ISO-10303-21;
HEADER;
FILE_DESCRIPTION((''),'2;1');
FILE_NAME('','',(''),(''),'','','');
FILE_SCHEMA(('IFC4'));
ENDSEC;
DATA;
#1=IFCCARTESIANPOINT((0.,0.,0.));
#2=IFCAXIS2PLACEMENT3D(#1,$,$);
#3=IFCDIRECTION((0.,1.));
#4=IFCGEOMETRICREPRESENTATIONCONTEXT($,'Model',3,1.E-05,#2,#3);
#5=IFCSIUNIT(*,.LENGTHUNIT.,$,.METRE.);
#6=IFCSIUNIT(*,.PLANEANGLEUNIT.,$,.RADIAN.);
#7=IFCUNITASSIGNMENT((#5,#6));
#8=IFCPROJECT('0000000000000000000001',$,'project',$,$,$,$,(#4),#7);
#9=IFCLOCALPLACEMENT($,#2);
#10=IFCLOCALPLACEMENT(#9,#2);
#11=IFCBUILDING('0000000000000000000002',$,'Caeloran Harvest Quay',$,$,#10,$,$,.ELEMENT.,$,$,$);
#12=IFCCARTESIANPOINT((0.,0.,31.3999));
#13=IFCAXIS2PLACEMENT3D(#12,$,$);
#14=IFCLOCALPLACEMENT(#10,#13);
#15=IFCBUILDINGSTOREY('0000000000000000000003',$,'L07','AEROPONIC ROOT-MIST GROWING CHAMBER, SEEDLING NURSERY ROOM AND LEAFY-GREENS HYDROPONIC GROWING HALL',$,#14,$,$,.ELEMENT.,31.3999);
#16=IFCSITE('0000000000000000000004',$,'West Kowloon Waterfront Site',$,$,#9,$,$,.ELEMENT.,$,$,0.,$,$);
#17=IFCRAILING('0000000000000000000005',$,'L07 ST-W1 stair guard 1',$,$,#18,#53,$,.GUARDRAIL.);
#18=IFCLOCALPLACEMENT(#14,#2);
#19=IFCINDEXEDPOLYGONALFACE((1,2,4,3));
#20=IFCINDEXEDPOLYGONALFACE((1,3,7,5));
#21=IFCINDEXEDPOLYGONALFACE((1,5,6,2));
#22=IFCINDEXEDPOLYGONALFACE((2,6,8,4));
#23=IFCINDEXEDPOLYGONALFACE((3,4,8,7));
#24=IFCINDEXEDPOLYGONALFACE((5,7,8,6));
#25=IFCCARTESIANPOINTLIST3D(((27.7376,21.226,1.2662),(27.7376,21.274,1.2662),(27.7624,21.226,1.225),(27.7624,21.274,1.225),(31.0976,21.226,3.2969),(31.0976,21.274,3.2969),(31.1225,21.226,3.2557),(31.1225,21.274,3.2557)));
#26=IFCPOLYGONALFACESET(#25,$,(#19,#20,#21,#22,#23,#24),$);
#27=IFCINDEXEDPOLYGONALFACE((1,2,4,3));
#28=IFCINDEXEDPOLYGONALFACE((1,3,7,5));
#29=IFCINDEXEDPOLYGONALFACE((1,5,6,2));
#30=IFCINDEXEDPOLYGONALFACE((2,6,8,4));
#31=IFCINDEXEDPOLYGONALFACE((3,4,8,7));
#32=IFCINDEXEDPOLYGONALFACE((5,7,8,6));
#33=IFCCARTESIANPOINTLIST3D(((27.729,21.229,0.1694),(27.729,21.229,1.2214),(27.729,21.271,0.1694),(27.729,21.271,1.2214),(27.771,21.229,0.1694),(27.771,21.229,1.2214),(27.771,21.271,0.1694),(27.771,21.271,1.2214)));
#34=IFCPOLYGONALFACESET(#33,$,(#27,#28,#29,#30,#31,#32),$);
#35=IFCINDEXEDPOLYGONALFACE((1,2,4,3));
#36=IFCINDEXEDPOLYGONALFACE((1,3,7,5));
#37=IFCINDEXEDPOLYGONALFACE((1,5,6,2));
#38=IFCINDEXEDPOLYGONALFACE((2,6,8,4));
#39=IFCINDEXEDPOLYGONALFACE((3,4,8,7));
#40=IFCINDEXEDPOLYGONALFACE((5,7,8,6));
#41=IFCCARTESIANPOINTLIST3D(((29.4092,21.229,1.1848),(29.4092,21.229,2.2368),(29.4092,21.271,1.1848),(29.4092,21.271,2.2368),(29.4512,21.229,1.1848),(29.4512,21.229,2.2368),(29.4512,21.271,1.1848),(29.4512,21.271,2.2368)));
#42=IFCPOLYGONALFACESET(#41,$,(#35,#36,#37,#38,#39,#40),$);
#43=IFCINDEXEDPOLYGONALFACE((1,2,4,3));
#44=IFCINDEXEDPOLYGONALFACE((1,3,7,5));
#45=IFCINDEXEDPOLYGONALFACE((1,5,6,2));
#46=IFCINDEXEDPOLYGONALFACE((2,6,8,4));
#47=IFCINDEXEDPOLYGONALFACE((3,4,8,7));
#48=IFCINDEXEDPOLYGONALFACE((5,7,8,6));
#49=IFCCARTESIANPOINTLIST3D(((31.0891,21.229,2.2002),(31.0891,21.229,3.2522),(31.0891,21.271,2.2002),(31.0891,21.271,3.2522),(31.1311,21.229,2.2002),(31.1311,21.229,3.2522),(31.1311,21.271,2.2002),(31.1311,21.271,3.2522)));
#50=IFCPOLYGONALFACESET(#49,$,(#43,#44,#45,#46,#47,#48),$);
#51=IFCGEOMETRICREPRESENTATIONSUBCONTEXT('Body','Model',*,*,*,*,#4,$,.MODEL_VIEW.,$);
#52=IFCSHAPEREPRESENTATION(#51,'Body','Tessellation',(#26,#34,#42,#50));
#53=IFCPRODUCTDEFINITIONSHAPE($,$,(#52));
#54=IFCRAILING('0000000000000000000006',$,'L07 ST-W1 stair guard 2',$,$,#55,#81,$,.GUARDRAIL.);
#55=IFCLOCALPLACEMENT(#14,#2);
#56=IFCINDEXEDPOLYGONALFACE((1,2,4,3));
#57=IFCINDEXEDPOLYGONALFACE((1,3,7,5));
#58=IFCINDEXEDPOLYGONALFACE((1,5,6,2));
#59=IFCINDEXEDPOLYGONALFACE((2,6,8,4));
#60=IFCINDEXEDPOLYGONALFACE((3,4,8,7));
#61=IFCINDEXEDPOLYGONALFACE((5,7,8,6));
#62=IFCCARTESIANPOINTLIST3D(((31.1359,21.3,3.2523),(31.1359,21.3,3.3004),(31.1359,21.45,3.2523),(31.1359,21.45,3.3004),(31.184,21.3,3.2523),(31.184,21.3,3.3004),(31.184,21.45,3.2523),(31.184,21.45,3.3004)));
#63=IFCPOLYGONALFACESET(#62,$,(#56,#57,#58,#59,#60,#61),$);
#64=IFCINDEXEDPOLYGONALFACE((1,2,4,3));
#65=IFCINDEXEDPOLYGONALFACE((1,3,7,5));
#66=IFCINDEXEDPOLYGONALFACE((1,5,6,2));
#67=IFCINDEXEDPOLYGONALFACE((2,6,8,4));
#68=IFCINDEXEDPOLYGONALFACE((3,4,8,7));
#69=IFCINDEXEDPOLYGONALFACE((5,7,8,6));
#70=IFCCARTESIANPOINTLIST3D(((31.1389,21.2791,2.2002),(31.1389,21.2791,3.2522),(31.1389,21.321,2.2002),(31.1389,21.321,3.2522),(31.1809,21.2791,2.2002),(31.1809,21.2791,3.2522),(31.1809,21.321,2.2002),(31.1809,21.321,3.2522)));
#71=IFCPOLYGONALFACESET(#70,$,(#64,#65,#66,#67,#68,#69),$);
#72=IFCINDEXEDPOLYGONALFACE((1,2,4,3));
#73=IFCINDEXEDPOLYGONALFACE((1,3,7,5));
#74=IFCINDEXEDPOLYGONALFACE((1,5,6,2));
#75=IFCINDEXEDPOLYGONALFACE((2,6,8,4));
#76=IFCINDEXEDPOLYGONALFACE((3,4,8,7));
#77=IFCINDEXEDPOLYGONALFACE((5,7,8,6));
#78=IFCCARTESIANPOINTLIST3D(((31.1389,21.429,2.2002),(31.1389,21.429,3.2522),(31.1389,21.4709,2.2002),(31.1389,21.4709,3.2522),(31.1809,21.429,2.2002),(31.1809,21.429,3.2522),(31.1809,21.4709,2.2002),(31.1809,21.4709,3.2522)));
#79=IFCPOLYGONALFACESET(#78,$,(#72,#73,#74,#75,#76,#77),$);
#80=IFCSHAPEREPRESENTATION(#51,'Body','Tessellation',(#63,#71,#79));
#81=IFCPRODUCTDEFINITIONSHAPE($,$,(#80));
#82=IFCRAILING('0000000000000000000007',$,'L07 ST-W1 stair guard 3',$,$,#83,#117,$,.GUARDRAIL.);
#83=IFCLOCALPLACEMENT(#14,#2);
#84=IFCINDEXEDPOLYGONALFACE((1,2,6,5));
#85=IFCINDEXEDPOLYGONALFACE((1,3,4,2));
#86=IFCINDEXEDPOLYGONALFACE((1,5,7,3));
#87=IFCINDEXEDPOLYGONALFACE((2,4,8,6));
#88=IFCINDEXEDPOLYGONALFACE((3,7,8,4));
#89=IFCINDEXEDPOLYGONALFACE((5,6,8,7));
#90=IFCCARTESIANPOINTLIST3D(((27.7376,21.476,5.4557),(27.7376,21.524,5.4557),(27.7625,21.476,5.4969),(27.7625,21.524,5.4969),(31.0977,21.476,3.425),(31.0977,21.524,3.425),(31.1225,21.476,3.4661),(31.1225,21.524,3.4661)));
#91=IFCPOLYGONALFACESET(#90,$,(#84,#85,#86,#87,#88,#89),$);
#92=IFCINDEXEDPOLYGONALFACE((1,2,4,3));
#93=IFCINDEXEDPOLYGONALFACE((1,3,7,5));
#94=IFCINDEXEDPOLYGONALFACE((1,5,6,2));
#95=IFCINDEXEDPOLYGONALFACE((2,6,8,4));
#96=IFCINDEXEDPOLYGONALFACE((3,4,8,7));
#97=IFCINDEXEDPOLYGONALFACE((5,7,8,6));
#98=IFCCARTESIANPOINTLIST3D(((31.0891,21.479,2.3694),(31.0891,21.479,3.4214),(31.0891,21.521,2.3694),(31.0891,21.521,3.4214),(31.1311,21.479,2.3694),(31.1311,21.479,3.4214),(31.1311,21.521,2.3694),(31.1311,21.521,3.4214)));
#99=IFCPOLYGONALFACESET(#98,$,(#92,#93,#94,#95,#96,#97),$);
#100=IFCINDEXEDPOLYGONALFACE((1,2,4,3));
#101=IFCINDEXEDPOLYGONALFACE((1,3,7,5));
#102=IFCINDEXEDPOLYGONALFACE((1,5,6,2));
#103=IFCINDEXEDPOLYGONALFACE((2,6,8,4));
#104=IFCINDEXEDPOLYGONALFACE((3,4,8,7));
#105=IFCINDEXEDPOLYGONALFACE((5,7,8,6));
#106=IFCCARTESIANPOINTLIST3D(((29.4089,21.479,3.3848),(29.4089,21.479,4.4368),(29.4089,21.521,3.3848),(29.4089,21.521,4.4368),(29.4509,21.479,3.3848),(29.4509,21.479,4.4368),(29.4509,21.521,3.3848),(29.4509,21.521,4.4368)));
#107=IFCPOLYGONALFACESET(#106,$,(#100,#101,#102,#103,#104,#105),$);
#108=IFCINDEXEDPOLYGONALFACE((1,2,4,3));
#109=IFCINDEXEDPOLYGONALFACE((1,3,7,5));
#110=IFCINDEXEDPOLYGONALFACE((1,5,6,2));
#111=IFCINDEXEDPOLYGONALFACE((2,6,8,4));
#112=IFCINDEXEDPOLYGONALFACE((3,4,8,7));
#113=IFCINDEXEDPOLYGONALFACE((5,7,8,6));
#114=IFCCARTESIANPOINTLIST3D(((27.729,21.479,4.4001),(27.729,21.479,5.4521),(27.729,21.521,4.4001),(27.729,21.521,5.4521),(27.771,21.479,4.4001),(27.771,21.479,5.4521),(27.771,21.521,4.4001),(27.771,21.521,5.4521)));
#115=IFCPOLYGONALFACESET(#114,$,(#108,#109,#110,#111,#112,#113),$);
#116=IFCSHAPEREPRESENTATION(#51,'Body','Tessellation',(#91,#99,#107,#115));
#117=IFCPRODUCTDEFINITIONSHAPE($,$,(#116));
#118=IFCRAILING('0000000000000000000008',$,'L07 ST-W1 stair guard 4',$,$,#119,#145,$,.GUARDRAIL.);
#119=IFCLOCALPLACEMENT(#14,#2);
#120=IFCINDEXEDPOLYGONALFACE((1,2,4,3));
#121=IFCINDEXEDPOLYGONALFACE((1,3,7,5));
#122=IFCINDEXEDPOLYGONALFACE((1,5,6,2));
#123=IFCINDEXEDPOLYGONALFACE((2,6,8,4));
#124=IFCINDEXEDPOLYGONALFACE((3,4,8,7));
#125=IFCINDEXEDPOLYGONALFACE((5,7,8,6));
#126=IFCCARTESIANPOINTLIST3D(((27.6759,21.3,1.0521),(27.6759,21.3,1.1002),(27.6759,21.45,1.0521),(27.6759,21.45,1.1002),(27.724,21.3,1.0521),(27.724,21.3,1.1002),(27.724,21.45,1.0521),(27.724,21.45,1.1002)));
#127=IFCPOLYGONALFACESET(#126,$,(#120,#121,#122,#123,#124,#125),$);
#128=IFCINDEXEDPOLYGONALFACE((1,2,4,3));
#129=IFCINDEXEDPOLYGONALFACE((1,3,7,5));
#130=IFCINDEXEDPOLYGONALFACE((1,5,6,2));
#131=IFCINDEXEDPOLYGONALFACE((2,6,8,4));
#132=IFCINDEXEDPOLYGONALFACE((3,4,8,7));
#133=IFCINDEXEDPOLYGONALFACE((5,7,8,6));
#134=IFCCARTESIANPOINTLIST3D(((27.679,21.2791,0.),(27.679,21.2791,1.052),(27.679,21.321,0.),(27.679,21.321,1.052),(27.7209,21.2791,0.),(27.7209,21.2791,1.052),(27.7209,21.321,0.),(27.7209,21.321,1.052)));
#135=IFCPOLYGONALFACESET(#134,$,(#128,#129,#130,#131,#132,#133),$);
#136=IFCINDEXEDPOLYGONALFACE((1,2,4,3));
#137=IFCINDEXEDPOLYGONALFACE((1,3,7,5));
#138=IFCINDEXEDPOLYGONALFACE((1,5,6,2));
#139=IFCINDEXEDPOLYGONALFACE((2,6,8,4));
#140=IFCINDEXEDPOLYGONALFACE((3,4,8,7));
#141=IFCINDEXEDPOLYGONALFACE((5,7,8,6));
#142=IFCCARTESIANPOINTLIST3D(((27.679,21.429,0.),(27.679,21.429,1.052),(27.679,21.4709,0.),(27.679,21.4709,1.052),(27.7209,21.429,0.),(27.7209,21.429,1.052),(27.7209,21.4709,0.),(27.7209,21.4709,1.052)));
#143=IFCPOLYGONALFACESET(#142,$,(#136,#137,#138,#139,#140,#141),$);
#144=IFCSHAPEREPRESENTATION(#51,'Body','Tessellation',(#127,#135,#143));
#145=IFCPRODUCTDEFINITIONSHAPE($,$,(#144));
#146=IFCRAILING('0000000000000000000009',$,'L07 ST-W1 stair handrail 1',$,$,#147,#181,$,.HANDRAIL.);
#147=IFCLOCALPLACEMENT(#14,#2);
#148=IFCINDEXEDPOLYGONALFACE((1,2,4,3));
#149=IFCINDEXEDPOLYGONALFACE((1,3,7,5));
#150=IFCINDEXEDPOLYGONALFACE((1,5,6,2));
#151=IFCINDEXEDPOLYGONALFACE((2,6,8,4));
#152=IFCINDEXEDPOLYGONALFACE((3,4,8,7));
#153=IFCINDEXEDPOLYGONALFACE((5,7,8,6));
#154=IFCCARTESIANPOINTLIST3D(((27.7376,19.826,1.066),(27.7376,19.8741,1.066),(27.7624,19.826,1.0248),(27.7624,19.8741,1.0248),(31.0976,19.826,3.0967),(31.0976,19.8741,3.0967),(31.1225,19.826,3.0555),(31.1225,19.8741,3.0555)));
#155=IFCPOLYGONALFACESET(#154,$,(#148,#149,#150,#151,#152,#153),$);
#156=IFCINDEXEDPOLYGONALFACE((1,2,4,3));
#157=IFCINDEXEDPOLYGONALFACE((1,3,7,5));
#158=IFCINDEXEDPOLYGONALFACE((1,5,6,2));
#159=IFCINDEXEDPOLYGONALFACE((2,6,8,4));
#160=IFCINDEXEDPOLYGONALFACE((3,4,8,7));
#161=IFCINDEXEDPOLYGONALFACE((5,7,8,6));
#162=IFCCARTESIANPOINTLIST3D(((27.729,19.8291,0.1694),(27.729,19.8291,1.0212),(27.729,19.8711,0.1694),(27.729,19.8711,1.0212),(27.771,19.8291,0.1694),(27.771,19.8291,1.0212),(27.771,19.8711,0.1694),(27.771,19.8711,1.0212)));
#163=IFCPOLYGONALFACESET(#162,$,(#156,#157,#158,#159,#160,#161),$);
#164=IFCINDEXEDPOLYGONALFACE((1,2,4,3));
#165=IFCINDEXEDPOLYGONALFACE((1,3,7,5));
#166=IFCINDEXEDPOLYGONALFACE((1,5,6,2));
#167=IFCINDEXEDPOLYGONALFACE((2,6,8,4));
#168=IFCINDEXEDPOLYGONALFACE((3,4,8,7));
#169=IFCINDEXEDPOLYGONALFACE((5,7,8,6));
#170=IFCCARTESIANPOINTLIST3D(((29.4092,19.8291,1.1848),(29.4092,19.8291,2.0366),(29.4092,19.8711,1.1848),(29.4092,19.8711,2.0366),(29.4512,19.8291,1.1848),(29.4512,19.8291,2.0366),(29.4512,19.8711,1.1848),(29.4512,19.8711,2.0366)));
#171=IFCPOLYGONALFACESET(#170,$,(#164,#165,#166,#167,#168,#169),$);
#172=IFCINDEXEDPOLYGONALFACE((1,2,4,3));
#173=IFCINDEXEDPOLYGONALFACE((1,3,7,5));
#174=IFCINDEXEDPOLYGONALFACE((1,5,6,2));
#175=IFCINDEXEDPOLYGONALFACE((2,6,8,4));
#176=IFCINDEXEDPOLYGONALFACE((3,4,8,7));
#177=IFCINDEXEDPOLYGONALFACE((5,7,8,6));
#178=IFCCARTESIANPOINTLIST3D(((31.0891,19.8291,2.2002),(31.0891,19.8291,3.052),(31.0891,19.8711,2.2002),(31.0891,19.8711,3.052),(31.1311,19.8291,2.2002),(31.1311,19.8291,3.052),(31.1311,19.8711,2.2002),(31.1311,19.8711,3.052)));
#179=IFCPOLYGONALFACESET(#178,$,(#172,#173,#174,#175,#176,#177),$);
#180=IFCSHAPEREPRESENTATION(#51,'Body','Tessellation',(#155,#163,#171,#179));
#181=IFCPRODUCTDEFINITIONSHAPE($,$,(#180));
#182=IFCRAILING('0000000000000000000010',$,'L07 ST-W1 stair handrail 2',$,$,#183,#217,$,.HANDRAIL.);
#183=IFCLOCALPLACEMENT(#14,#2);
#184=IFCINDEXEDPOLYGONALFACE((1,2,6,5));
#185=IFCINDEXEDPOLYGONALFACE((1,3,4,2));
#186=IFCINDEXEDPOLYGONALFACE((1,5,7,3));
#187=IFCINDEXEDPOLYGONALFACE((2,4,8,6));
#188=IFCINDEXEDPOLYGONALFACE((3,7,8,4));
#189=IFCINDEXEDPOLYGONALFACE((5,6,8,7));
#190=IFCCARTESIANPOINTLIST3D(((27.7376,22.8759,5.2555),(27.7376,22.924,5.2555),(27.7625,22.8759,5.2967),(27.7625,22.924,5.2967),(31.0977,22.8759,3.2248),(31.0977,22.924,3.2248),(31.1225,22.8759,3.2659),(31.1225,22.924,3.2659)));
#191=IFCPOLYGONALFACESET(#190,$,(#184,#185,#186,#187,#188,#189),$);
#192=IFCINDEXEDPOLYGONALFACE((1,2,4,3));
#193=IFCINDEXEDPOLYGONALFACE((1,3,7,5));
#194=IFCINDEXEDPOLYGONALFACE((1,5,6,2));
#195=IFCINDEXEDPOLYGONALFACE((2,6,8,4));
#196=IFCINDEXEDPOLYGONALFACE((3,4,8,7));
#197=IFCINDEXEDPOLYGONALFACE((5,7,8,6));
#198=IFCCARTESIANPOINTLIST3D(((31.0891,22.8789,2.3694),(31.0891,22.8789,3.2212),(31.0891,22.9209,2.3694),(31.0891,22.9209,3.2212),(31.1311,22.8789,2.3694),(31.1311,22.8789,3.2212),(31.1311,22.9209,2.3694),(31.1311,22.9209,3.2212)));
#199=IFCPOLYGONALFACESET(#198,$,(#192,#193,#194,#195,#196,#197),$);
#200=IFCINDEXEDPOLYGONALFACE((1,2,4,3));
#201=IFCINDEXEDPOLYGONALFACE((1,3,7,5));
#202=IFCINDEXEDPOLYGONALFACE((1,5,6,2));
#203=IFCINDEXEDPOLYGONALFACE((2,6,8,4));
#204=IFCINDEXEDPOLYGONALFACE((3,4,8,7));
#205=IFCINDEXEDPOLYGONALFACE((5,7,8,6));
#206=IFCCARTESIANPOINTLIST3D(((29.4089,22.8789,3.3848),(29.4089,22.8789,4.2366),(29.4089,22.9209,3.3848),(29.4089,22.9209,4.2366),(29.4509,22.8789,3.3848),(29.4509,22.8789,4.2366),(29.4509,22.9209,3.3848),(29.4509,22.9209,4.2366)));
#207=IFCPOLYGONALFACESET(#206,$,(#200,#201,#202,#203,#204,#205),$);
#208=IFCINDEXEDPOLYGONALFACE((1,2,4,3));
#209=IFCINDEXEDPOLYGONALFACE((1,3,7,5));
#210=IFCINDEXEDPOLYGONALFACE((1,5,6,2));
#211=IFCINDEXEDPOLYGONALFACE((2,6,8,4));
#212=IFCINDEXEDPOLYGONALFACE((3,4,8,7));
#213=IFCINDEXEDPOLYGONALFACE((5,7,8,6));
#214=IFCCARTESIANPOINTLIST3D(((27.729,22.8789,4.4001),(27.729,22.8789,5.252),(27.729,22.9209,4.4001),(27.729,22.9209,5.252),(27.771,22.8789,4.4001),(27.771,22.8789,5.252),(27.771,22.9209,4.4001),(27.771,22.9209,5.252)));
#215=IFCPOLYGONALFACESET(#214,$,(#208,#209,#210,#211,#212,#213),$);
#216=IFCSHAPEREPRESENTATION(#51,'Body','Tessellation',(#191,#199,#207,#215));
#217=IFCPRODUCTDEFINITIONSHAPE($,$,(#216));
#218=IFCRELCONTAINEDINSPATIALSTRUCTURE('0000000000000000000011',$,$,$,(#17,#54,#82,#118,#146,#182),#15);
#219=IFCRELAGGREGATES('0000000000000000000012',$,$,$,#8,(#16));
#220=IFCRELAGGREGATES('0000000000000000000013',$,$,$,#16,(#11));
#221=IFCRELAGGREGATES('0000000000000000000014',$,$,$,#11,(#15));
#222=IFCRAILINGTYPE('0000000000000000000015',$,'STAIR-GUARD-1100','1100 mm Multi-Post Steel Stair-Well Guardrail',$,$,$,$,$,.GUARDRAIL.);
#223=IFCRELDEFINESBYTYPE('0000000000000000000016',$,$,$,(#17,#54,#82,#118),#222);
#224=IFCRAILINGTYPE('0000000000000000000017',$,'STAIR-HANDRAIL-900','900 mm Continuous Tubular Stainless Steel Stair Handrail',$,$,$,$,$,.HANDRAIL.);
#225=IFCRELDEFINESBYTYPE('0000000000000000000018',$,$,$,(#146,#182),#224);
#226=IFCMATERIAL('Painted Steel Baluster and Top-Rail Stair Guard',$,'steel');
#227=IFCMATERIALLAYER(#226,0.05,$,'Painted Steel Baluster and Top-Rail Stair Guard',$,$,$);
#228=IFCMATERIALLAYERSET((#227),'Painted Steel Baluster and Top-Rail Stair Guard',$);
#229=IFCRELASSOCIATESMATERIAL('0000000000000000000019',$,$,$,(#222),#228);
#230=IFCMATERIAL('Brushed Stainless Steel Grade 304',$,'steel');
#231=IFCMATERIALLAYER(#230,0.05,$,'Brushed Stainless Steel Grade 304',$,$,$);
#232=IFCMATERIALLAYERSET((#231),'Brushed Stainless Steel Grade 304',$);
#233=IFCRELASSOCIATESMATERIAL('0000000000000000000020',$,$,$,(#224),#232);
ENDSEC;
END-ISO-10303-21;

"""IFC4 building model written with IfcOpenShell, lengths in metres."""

from ifc_helpers import new_model, si_unit, direction, frame, origin, origin_2d, place, context, subcontext, project, spatial, rectangle, extrude, material, layer, layer_set, type_object, element, save


model = new_model("IFC4")

# Units and contexts
model_context = context("Model", 3, precision=1e-05, world=origin(), true_north=direction((0.0, 1.0)))
body_context = subcontext(model_context, "Body", "Model", "MODEL_VIEW")
ifc_project = project(units=[si_unit("LENGTHUNIT", "METRE"), si_unit("PLANEANGLEUNIT", "RADIAN")], contexts=[model_context])

# Site, building, storey
site_placement = place(None, origin())
site = spatial("IfcSite", under=ifc_project, at=site_placement, Name="West Kowloon Waterfront Site", CompositionType="ELEMENT", RefElevation=0.0)
building_placement = place(site_placement, origin())
building = spatial("IfcBuilding", under=site, at=building_placement, Name="Caeloran Harvest Quay", CompositionType="ELEMENT")
storey_placement = place(building_placement, frame((0.0, 0.0, 31.3999)))
storey = spatial("IfcBuildingStorey", under=building, at=storey_placement, Name="L07", Description="AEROPONIC ROOT-MIST GROWING CHAMBER, SEEDLING NURSERY ROOM AND LEAFY-GREENS HYDROPONIC GROWING HALL", CompositionType="ELEMENT", Elevation=31.3999)

# Railings
ifc_material_1 = material(Name="Painted Steel Baluster and Top-Rail Stair Guard", Category="steel")
ifc_layer_1 = layer(ifc_material_1, 0.05, Name="Painted Steel Baluster and Top-Rail Stair Guard")
ifc_layer_set_1 = layer_set([ifc_layer_1], Name="Painted Steel Baluster and Top-Rail Stair Guard")
railing_type_1 = type_object("IfcRailingType", Name="STAIR-GUARD-1100", Description="1100 mm Multi-Post Steel Stair-Well Guardrail", PredefinedType="GUARDRAIL", material=ifc_layer_set_1)
railing_1_placement = place(storey_placement, frame((27.75, 21.25, 0.1694)))
element("IfcRailing", 1, at=railing_1_placement, inside=storey, type_object=railing_type_1, Name="L07 ST-W1 stair guard 1", PredefinedType="GUARDRAIL", context=body_context, shape_type="SweptSolid", body=[
    extrude(rectangle(XDim=0.0481, YDim=0.0481, at=origin_2d()), frame((0.0, 0.0, 1.0762), z_axis=(0.855837, 0.0, 0.517246), x_axis=(0.0, 1.0, 0.0)), (0.0, 0.0, 1.0), 3.926),
    extrude(rectangle(XDim=0.042, YDim=0.042, at=origin_2d()), origin(), (0.0, 0.0, 1.0), 1.052),
    extrude(rectangle(XDim=0.042, YDim=0.042, at=origin_2d()), frame((1.6802, 0.0, 1.0154)), (0.0, 0.0, 1.0), 1.052),
    extrude(rectangle(XDim=0.042, YDim=0.042, at=origin_2d()), frame((3.3601, 0.0, 2.0308)), (0.0, 0.0, 1.0), 1.052),
])
railing_2_placement = place(storey_placement, frame((31.1599, 21.3, 2.2002)))
element("IfcRailing", 2, at=railing_2_placement, inside=storey, type_object=railing_type_1, Name="L07 ST-W1 stair guard 2", PredefinedType="GUARDRAIL", context=body_context, shape_type="SweptSolid", body=[
    extrude(rectangle(XDim=0.0481, YDim=0.0481, at=origin_2d()), frame((0.0, 0.0, 1.0762), z_axis=(0.0, 1.0, 0.0), x_axis=(-1.0, 0.0, 0.0)), (0.0, 0.0, 1.0), 0.1499),
    extrude(rectangle(XDim=0.042, YDim=0.042, at=origin_2d()), origin(), (0.0, 0.0, 1.0), 1.052),
    extrude(rectangle(XDim=0.042, YDim=0.042, at=origin_2d()), frame((0.0, 0.1499, 0.0)), (0.0, 0.0, 1.0), 1.052),
])
railing_3_placement = place(storey_placement, frame((31.1101, 21.5, 2.3694)))
element("IfcRailing", 3, at=railing_3_placement, inside=storey, type_object=railing_type_1, Name="L07 ST-W1 stair guard 3", PredefinedType="GUARDRAIL", context=body_context, shape_type="SweptSolid", body=[
    extrude(rectangle(XDim=0.0481, YDim=0.0481, at=origin_2d()), frame((0.0, 0.0, 1.0762), z_axis=(-0.855837, 0.0, 0.517246), x_axis=(0.0, -1.0, 0.0)), (0.0, 0.0, 1.0), 3.926),
    extrude(rectangle(XDim=0.042, YDim=0.042, at=origin_2d()), origin(), (0.0, 0.0, 1.0), 1.052),
    extrude(rectangle(XDim=0.042, YDim=0.042, at=origin_2d()), frame((-1.6802, 0.0, 1.0154)), (0.0, 0.0, 1.0), 1.052),
    extrude(rectangle(XDim=0.042, YDim=0.042, at=origin_2d()), frame((-3.3601, 0.0, 2.0308)), (0.0, 0.0, 1.0), 1.052),
])
railing_4_placement = place(storey_placement, frame((27.7, 21.3, 0.0)))
element("IfcRailing", 4, at=railing_4_placement, inside=storey, type_object=railing_type_1, Name="L07 ST-W1 stair guard 4", PredefinedType="GUARDRAIL", context=body_context, shape_type="SweptSolid", body=[
    extrude(rectangle(XDim=0.0481, YDim=0.0481, at=origin_2d()), frame((0.0, 0.0, 1.0762), z_axis=(0.0, 1.0, 0.0), x_axis=(-1.0, 0.0, 0.0)), (0.0, 0.0, 1.0), 0.1499),
    extrude(rectangle(XDim=0.042, YDim=0.042, at=origin_2d()), origin(), (0.0, 0.0, 1.0), 1.052),
    extrude(rectangle(XDim=0.042, YDim=0.042, at=origin_2d()), frame((0.0, 0.1499, 0.0)), (0.0, 0.0, 1.0), 1.052),
])
ifc_material_2 = material(Name="Brushed Stainless Steel Grade 304", Category="steel")
ifc_layer_2 = layer(ifc_material_2, 0.05, Name="Brushed Stainless Steel Grade 304")
ifc_layer_set_2 = layer_set([ifc_layer_2], Name="Brushed Stainless Steel Grade 304")
railing_type_2 = type_object("IfcRailingType", Name="STAIR-HANDRAIL-900", Description="900 mm Continuous Tubular Stainless Steel Stair Handrail", PredefinedType="HANDRAIL", material=ifc_layer_set_2)
railing_5_placement = place(storey_placement, frame((27.75, 19.8501, 0.1694)))
element("IfcRailing", 5, at=railing_5_placement, inside=storey, type_object=railing_type_2, Name="L07 ST-W1 stair handrail 1", PredefinedType="HANDRAIL", context=body_context, shape_type="SweptSolid", body=[
    extrude(rectangle(XDim=0.0481, YDim=0.0481, at=origin_2d()), frame((0.0, 0.0, 0.876), z_axis=(0.855837, 0.0, 0.517246), x_axis=(0.0, 1.0, 0.0)), (0.0, 0.0, 1.0), 3.926),
    extrude(rectangle(XDim=0.042, YDim=0.042, at=origin_2d()), origin(), (0.0, 0.0, 1.0), 0.8518),
    extrude(rectangle(XDim=0.042, YDim=0.042, at=origin_2d()), frame((1.6802, 0.0, 1.0154)), (0.0, 0.0, 1.0), 0.8518),
    extrude(rectangle(XDim=0.042, YDim=0.042, at=origin_2d()), frame((3.3601, 0.0, 2.0308)), (0.0, 0.0, 1.0), 0.8518),
])
railing_6_placement = place(storey_placement, frame((31.1101, 22.8999, 2.3694)))
element("IfcRailing", 6, at=railing_6_placement, inside=storey, type_object=railing_type_2, Name="L07 ST-W1 stair handrail 2", PredefinedType="HANDRAIL", context=body_context, shape_type="SweptSolid", body=[
    extrude(rectangle(XDim=0.0481, YDim=0.0481, at=origin_2d()), frame((0.0, 0.0, 0.876), z_axis=(-0.855837, 0.0, 0.517246), x_axis=(0.0, -1.0, 0.0)), (0.0, 0.0, 1.0), 3.926),
    extrude(rectangle(XDim=0.042, YDim=0.042, at=origin_2d()), origin(), (0.0, 0.0, 1.0), 0.8518),
    extrude(rectangle(XDim=0.042, YDim=0.042, at=origin_2d()), frame((-1.6802, 0.0, 1.0154)), (0.0, 0.0, 1.0), 0.8518),
    extrude(rectangle(XDim=0.042, YDim=0.042, at=origin_2d()), frame((-3.3601, 0.0, 2.0308)), (0.0, 0.0, 1.0), 0.8518),
])

save(model, "model.ifc")
